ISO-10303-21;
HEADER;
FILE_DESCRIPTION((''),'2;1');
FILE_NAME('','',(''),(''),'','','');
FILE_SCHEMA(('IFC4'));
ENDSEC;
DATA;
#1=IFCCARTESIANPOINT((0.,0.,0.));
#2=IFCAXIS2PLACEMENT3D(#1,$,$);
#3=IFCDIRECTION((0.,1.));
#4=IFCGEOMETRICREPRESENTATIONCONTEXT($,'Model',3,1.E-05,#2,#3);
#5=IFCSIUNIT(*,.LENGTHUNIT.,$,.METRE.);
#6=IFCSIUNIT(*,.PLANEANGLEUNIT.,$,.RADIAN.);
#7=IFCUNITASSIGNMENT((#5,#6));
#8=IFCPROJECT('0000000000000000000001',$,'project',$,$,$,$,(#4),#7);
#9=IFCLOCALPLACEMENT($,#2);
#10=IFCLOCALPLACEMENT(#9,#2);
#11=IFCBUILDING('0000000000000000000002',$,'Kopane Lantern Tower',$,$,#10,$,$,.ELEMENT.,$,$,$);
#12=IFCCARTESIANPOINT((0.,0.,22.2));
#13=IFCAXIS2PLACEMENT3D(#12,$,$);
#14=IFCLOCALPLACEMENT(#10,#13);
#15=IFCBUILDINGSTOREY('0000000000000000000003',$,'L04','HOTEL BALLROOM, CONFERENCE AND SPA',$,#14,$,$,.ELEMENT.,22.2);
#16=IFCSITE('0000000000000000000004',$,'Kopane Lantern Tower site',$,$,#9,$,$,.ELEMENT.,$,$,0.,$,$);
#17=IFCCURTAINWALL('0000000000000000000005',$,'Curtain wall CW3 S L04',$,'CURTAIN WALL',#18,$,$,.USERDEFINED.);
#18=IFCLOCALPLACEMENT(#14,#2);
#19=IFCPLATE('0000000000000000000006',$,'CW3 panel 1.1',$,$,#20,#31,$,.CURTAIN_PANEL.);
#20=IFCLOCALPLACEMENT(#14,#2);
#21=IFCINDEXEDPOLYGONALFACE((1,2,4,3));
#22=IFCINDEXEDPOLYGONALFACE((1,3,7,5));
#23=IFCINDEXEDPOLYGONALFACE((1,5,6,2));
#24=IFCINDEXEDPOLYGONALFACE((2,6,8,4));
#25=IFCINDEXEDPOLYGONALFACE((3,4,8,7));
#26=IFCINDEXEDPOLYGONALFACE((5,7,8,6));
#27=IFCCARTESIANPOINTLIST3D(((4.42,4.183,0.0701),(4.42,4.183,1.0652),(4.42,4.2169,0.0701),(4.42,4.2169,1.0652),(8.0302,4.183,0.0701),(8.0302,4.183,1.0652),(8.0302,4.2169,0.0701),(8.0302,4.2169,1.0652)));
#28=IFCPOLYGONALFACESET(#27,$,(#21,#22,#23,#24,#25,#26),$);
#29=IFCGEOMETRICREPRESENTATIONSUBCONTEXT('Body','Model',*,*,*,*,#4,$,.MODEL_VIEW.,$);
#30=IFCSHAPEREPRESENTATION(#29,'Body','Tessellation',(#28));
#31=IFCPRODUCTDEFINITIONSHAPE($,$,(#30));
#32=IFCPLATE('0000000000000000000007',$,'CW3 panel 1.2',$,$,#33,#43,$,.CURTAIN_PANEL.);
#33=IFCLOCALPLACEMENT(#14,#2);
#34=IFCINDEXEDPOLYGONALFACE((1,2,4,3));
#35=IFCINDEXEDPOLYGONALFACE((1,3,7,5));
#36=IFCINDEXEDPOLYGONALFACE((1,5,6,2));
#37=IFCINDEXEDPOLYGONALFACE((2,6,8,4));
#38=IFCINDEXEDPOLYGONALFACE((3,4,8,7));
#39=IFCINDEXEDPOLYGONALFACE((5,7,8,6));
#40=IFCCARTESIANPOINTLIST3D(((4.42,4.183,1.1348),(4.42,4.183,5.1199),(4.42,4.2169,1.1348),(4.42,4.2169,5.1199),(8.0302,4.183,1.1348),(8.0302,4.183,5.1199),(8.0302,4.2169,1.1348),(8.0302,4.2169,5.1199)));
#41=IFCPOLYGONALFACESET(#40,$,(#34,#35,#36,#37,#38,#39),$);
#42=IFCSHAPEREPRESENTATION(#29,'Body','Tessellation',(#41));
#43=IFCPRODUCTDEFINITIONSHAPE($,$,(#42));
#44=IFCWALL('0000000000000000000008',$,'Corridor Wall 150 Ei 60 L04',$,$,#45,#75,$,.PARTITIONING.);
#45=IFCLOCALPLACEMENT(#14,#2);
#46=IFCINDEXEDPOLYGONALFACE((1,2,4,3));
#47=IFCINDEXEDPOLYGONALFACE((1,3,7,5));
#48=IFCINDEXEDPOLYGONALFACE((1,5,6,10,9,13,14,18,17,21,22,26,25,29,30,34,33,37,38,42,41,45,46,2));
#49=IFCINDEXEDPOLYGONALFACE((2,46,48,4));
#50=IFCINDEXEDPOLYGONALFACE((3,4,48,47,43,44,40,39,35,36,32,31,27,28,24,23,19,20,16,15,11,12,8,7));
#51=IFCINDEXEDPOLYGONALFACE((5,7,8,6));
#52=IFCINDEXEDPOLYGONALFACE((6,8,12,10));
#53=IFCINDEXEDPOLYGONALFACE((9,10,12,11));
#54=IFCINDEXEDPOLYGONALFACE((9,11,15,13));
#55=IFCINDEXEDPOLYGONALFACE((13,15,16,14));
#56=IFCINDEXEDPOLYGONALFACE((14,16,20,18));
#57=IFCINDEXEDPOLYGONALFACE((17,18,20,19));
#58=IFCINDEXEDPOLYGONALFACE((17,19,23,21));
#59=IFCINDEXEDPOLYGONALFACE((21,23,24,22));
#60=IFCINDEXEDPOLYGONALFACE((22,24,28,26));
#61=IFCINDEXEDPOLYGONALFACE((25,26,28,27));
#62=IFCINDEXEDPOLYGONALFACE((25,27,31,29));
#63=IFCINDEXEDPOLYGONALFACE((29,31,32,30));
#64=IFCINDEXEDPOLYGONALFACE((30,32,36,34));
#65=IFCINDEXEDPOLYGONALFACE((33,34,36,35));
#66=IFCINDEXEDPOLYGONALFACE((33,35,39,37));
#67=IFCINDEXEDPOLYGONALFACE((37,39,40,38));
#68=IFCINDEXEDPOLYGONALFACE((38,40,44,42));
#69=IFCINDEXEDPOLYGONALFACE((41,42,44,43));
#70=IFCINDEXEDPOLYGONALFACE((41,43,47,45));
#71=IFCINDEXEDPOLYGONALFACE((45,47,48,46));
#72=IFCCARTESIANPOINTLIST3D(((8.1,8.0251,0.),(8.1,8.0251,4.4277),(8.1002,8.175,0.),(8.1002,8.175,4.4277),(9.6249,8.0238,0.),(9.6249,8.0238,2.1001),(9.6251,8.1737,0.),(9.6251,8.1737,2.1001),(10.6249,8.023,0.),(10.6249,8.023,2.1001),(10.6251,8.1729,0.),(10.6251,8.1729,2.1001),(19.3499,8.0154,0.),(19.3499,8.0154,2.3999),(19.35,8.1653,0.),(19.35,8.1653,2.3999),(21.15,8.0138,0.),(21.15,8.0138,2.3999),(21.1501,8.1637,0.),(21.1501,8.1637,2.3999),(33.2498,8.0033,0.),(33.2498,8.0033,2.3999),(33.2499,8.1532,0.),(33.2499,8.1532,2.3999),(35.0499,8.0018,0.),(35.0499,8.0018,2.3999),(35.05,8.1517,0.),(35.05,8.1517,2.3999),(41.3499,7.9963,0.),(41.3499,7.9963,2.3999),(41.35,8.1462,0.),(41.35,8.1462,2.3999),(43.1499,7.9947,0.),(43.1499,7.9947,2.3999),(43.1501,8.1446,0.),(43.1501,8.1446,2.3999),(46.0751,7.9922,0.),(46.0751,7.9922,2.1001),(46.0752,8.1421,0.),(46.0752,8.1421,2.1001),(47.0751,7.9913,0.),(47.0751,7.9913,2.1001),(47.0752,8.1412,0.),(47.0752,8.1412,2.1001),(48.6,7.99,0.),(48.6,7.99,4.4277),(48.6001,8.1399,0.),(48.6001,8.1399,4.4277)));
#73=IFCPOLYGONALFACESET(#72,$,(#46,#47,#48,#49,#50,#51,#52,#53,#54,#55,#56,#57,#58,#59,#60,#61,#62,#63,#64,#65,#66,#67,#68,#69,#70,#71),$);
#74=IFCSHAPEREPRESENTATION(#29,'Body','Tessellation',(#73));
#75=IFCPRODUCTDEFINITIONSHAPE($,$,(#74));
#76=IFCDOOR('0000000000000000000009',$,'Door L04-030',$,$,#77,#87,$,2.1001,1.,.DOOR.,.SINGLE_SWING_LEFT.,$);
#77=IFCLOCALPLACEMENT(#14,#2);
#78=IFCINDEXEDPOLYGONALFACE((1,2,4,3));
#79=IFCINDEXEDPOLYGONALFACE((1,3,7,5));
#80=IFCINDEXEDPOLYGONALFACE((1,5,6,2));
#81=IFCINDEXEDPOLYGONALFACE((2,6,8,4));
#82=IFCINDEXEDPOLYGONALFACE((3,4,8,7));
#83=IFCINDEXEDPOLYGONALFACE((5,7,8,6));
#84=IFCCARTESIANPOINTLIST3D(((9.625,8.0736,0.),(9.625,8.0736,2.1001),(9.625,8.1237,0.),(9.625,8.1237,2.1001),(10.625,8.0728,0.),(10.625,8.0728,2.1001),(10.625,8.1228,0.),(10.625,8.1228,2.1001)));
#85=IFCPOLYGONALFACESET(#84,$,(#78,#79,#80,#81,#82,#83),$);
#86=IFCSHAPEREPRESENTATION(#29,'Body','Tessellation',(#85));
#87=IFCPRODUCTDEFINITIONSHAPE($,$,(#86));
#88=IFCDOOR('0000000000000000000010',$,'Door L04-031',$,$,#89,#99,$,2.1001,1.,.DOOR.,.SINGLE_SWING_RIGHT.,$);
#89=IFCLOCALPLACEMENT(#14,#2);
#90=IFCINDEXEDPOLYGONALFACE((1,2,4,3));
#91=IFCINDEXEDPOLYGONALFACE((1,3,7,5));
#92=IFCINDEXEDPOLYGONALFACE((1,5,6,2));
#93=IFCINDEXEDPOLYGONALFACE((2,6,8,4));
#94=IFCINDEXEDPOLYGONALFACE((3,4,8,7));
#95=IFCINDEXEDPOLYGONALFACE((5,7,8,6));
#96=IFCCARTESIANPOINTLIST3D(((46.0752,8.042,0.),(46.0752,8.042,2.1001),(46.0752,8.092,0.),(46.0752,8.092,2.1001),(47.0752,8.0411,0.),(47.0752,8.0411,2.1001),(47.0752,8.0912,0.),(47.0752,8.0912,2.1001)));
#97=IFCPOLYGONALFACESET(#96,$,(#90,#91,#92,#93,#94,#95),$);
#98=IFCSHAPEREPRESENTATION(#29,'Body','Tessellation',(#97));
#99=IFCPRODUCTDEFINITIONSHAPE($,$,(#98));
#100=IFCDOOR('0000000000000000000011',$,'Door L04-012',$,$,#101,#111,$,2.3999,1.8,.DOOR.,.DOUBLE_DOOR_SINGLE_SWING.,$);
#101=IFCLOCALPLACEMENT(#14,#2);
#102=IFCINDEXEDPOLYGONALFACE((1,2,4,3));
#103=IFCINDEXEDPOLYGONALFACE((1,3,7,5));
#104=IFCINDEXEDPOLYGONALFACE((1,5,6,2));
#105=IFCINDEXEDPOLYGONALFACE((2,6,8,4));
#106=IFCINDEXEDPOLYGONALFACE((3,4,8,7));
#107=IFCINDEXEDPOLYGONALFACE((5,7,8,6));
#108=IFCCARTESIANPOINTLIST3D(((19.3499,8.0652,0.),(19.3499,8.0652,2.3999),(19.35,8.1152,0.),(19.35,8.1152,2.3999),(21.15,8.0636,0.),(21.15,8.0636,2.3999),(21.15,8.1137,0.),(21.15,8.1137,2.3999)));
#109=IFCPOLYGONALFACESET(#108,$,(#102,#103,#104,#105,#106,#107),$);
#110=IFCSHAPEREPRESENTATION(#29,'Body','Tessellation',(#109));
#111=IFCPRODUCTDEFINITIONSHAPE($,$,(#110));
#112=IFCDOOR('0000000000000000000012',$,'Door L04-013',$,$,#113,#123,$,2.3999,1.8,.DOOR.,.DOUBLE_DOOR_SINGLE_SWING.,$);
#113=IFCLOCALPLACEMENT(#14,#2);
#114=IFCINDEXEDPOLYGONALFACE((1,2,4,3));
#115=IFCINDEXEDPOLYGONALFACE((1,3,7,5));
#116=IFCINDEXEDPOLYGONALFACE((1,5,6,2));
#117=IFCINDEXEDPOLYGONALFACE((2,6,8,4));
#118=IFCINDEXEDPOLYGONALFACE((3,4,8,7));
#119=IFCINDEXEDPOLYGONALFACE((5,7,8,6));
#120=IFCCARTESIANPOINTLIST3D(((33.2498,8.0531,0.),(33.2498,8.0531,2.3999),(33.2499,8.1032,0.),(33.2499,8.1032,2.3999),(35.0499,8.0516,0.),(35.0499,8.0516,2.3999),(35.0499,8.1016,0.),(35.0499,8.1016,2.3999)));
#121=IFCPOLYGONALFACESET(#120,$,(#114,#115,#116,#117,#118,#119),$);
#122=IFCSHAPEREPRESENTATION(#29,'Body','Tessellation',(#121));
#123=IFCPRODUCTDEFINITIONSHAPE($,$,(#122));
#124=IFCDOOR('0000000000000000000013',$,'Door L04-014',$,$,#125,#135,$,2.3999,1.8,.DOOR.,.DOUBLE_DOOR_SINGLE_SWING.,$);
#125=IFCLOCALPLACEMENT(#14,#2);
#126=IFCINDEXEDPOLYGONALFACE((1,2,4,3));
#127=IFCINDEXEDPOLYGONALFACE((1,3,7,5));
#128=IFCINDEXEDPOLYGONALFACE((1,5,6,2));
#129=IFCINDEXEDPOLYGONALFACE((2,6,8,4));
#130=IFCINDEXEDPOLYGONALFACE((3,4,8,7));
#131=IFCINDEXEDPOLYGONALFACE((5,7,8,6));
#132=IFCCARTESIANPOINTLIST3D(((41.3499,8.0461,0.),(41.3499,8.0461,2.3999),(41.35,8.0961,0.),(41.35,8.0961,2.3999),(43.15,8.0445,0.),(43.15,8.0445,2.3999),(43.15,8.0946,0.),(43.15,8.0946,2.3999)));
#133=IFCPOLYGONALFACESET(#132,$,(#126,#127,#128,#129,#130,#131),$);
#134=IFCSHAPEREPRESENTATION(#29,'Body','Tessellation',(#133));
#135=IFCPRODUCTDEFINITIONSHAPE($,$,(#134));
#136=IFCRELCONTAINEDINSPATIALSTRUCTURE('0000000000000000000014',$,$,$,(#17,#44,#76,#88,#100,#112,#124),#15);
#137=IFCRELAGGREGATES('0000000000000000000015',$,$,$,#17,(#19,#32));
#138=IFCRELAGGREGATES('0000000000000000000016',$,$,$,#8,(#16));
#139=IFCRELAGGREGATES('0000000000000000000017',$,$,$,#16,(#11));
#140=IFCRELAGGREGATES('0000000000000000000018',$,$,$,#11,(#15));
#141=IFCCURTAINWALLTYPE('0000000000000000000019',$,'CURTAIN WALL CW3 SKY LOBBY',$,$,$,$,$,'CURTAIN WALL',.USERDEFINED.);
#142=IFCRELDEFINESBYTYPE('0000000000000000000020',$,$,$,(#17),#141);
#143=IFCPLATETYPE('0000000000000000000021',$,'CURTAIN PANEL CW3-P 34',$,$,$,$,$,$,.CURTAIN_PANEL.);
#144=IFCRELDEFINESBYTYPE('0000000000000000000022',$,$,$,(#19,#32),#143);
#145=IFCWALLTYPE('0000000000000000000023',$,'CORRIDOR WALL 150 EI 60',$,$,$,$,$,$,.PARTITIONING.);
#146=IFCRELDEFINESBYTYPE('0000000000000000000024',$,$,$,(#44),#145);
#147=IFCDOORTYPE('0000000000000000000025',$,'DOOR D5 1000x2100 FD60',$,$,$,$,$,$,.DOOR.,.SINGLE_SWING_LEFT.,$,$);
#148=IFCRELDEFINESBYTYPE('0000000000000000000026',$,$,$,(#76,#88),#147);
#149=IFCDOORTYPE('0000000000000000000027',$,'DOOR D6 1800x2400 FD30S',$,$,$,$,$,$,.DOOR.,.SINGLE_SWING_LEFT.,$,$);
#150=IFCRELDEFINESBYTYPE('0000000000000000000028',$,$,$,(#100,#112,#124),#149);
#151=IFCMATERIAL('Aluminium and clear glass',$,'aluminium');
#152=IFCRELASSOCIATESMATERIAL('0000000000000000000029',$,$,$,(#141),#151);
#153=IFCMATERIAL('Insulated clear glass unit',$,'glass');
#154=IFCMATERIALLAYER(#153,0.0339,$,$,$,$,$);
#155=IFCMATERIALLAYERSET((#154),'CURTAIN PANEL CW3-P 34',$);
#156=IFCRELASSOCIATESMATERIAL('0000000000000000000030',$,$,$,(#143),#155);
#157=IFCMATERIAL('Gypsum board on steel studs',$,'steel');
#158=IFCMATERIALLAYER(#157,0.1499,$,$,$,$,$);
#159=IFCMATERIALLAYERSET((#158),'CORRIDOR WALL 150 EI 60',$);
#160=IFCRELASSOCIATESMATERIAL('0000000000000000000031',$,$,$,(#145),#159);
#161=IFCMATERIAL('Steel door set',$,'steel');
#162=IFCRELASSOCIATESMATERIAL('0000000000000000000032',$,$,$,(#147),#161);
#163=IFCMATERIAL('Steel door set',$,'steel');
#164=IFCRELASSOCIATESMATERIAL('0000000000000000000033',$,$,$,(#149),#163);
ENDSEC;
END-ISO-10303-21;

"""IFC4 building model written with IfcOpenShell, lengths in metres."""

from ifc_helpers import new_model, si_unit, direction, frame, frame_2d, origin, origin_2d, place, context, subcontext, project, spatial, rectangle, extrude, material, layer, layer_set, type_object, element, fill, aggregate, save


model = new_model("IFC4")

# Units and contexts
model_context = context("Model", 3, precision=1e-05, world=origin(), true_north=direction((0.0, 1.0)))
body_context = subcontext(model_context, "Body", "Model", "MODEL_VIEW")
ifc_project = project(units=[si_unit("LENGTHUNIT", "METRE"), si_unit("PLANEANGLEUNIT", "RADIAN")], contexts=[model_context])

# Site, building, storey
site_placement = place(None, origin())
site = spatial("IfcSite", under=ifc_project, at=site_placement, Name="Kopane Lantern Tower site", CompositionType="ELEMENT", RefElevation=0.0)
building_placement = place(site_placement, origin())
building = spatial("IfcBuilding", under=site, at=building_placement, Name="Kopane Lantern Tower", CompositionType="ELEMENT")
storey_placement = place(building_placement, frame((0.0, 0.0, 22.2)))
storey = spatial("IfcBuildingStorey", under=building, at=storey_placement, Name="L04", Description="HOTEL BALLROOM, CONFERENCE AND SPA", CompositionType="ELEMENT", Elevation=22.2)

# Curtain wall
ifc_material_1 = material(Name="Aluminium and clear glass", Category="aluminium")
curtain_wall_type = type_object("IfcCurtainWallType", Name="CURTAIN WALL CW3 SKY LOBBY", ElementType="CURTAIN WALL", PredefinedType="USERDEFINED", material=ifc_material_1)
curtain_wall_1_placement = place(storey_placement, origin())
curtain_wall_1 = element("IfcCurtainWall", 1, at=curtain_wall_1_placement, inside=storey, type_object=curtain_wall_type, Name="Curtain wall CW3 S L04", ObjectType="CURTAIN WALL", PredefinedType="USERDEFINED")

# Plates
ifc_material_2 = material(Name="Insulated clear glass unit", Category="glass")
ifc_layer_1 = layer(ifc_material_2, 0.0339)
ifc_layer_set_1 = layer_set([ifc_layer_1], Name="CURTAIN PANEL CW3-P 34")
plate_type = type_object("IfcPlateType", Name="CURTAIN PANEL CW3-P 34", PredefinedType="CURTAIN_PANEL", material=ifc_layer_set_1)
plate_1_placement = place(storey_placement, frame((6.2251, 4.2, 0.0701), z_axis=(0.0, 0.0, 1.0), x_axis=(1.0, 0.0, 0.0)))
plate_1 = element("IfcPlate", 2, at=plate_1_placement, type_object=plate_type, Name="CW3 panel 1.1", PredefinedType="CURTAIN_PANEL", context=body_context, shape_type="SweptSolid", body=[
    extrude(rectangle(XDim=3.6101, YDim=0.0339, at=origin_2d()), origin(), (0.0, 0.0, 1.0), 0.9951),
])
plate_2_placement = place(storey_placement, frame((6.2251, 4.2, 1.1348), z_axis=(0.0, 0.0, 1.0), x_axis=(1.0, 0.0, 0.0)))
plate_2 = element("IfcPlate", 3, at=plate_2_placement, type_object=plate_type, Name="CW3 panel 1.2", PredefinedType="CURTAIN_PANEL", context=body_context, shape_type="SweptSolid", body=[
    extrude(rectangle(XDim=3.6101, YDim=0.0339, at=origin_2d()), origin(), (0.0, 0.0, 1.0), 3.9851),
])
aggregate(curtain_wall_1, [plate_1, plate_2])

# Wall, openings, doors
ifc_material_3 = material(Name="Gypsum board on steel studs", Category="steel")
ifc_layer_2 = layer(ifc_material_3, 0.1499)
ifc_layer_set_2 = layer_set([ifc_layer_2], Name="CORRIDOR WALL 150 EI 60")
wall_type_1 = type_object("IfcWallType", Name="CORRIDOR WALL 150 EI 60", PredefinedType="PARTITIONING", material=ifc_layer_set_2)
wall_1_placement = place(storey_placement, frame((8.1001, 8.1001, 0.0), z_axis=(0.0, 0.0, 1.0), x_axis=(1.0, -0.000868, 0.0)))
wall_1 = element("IfcWall", 4, at=wall_1_placement, inside=storey, type_object=wall_type_1, Name="Corridor Wall 150 Ei 60 L04", PredefinedType="PARTITIONING", context=body_context, shape_type="SweptSolid", body=[
    extrude(rectangle(XDim=40.5, YDim=0.1499, at=frame_2d((20.25, 0.0))), origin(), (0.0, 0.0, 1.0), 4.4277),
])
opening_1_placement = place(wall_1_placement, frame((11.25, 0.0, 0.0)))
opening_1 = element("IfcOpeningElement", 5, at=opening_1_placement, cuts=wall_1, PredefinedType="OPENING", context=body_context, shape_type="SweptSolid", body=[
    extrude(rectangle(XDim=1.8, YDim=2.3999, at=frame_2d((0.8999, 1.2))), frame((0.0, 0.085, 0.0), z_axis=(0.0, -1.0, 0.0), x_axis=(1.0, 0.0, 0.0)), (0.0, 0.0, 1.0), 0.1699),
])
opening_2_placement = place(wall_1_placement, frame((25.1499, 0.0, 0.0)))
opening_2 = element("IfcOpeningElement", 6, at=opening_2_placement, cuts=wall_1, PredefinedType="OPENING", context=body_context, shape_type="SweptSolid", body=[
    extrude(rectangle(XDim=1.8, YDim=2.3999, at=frame_2d((0.8999, 1.2))), frame((0.0, 0.085, 0.0), z_axis=(0.0, -1.0, 0.0), x_axis=(1.0, 0.0, 0.0)), (0.0, 0.0, 1.0), 0.1699),
])
opening_3_placement = place(wall_1_placement, frame((33.25, 0.0, 0.0)))
opening_3 = element("IfcOpeningElement", 7, at=opening_3_placement, cuts=wall_1, PredefinedType="OPENING", context=body_context, shape_type="SweptSolid", body=[
    extrude(rectangle(XDim=1.8, YDim=2.3999, at=frame_2d((0.8999, 1.2))), frame((0.0, 0.085, 0.0), z_axis=(0.0, -1.0, 0.0), x_axis=(1.0, 0.0, 0.0)), (0.0, 0.0, 1.0), 0.1699),
])
opening_4_placement = place(wall_1_placement, frame((1.5249, 0.0, 0.0)))
opening_4 = element("IfcOpeningElement", 8, at=opening_4_placement, cuts=wall_1, PredefinedType="OPENING", context=body_context, shape_type="SweptSolid", body=[
    extrude(rectangle(XDim=1.0, YDim=2.1001, at=frame_2d((0.5, 1.05))), frame((0.0, 0.085, 0.0), z_axis=(0.0, -1.0, 0.0), x_axis=(1.0, 0.0, 0.0)), (0.0, 0.0, 1.0), 0.1699),
])
opening_5_placement = place(wall_1_placement, frame((37.9751, 0.0, 0.0)))
opening_5 = element("IfcOpeningElement", 9, at=opening_5_placement, cuts=wall_1, PredefinedType="OPENING", context=body_context, shape_type="SweptSolid", body=[
    extrude(rectangle(XDim=1.0, YDim=2.1001, at=frame_2d((0.5, 1.05))), frame((0.0, 0.085, 0.0), z_axis=(0.0, -1.0, 0.0), x_axis=(1.0, 0.0, 0.0)), (0.0, 0.0, 1.0), 0.1699),
])
ifc_material_4 = material(Name="Steel door set", Category="steel")
door_type_1 = type_object("IfcDoorType", Name="DOOR D5 1000x2100 FD60", OperationType="SINGLE_SWING_LEFT", PredefinedType="DOOR", material=ifc_material_4)
door_1_placement = place(opening_4_placement, origin())
door_1 = element("IfcDoor", 10, at=door_1_placement, inside=storey, type_object=door_type_1, Name="Door L04-030", OperationType="SINGLE_SWING_LEFT", OverallHeight=2.1001, OverallWidth=1.0, PredefinedType="DOOR", context=body_context, shape_type="SweptSolid", body=[
    extrude(rectangle(XDim=1.0, YDim=2.1001, at=frame_2d((0.5, 1.05))), frame((0.0, 0.0249, 0.0), z_axis=(0.0, -1.0, 0.0), x_axis=(1.0, 0.0, 0.0)), (0.0, 0.0, 1.0), 0.05),
])
fill(opening_4, door_1)
door_2_placement = place(opening_5_placement, origin())
door_2 = element("IfcDoor", 11, at=door_2_placement, inside=storey, type_object=door_type_1, Name="Door L04-031", OperationType="SINGLE_SWING_RIGHT", OverallHeight=2.1001, OverallWidth=1.0, PredefinedType="DOOR", context=body_context, shape_type="SweptSolid", body=[
    extrude(rectangle(XDim=1.0, YDim=2.1001, at=frame_2d((0.5, 1.05))), frame((0.0, 0.0249, 0.0), z_axis=(0.0, -1.0, 0.0), x_axis=(1.0, 0.0, 0.0)), (0.0, 0.0, 1.0), 0.05),
])
fill(opening_5, door_2)
ifc_material_5 = material(Name="Steel door set", Category="steel")
door_type_2 = type_object("IfcDoorType", Name="DOOR D6 1800x2400 FD30S", OperationType="SINGLE_SWING_LEFT", PredefinedType="DOOR", material=ifc_material_5)
door_3_placement = place(opening_1_placement, origin())
door_3 = element("IfcDoor", 12, at=door_3_placement, inside=storey, type_object=door_type_2, Name="Door L04-012", OperationType="DOUBLE_DOOR_SINGLE_SWING", OverallHeight=2.3999, OverallWidth=1.8, PredefinedType="DOOR", context=body_context, shape_type="SweptSolid", body=[
    extrude(rectangle(XDim=1.8, YDim=2.3999, at=frame_2d((0.8999, 1.2))), frame((0.0, 0.0249, 0.0), z_axis=(0.0, -1.0, 0.0), x_axis=(1.0, 0.0, 0.0)), (0.0, 0.0, 1.0), 0.05),
])
fill(opening_1, door_3)
door_4_placement = place(opening_2_placement, origin())
door_4 = element("IfcDoor", 13, at=door_4_placement, inside=storey, type_object=door_type_2, Name="Door L04-013", OperationType="DOUBLE_DOOR_SINGLE_SWING", OverallHeight=2.3999, OverallWidth=1.8, PredefinedType="DOOR", context=body_context, shape_type="SweptSolid", body=[
    extrude(rectangle(XDim=1.8, YDim=2.3999, at=frame_2d((0.8999, 1.2))), frame((0.0, 0.0249, 0.0), z_axis=(0.0, -1.0, 0.0), x_axis=(1.0, 0.0, 0.0)), (0.0, 0.0, 1.0), 0.05),
])
fill(opening_2, door_4)
door_5_placement = place(opening_3_placement, origin())
door_5 = element("IfcDoor", 14, at=door_5_placement, inside=storey, type_object=door_type_2, Name="Door L04-014", OperationType="DOUBLE_DOOR_SINGLE_SWING", OverallHeight=2.3999, OverallWidth=1.8, PredefinedType="DOOR", context=body_context, shape_type="SweptSolid", body=[
    extrude(rectangle(XDim=1.8, YDim=2.3999, at=frame_2d((0.8999, 1.2))), frame((0.0, 0.0249, 0.0), z_axis=(0.0, -1.0, 0.0), x_axis=(1.0, 0.0, 0.0)), (0.0, 0.0, 1.0), 0.05),
])
fill(opening_3, door_5)

save(model, "model.ifc")
